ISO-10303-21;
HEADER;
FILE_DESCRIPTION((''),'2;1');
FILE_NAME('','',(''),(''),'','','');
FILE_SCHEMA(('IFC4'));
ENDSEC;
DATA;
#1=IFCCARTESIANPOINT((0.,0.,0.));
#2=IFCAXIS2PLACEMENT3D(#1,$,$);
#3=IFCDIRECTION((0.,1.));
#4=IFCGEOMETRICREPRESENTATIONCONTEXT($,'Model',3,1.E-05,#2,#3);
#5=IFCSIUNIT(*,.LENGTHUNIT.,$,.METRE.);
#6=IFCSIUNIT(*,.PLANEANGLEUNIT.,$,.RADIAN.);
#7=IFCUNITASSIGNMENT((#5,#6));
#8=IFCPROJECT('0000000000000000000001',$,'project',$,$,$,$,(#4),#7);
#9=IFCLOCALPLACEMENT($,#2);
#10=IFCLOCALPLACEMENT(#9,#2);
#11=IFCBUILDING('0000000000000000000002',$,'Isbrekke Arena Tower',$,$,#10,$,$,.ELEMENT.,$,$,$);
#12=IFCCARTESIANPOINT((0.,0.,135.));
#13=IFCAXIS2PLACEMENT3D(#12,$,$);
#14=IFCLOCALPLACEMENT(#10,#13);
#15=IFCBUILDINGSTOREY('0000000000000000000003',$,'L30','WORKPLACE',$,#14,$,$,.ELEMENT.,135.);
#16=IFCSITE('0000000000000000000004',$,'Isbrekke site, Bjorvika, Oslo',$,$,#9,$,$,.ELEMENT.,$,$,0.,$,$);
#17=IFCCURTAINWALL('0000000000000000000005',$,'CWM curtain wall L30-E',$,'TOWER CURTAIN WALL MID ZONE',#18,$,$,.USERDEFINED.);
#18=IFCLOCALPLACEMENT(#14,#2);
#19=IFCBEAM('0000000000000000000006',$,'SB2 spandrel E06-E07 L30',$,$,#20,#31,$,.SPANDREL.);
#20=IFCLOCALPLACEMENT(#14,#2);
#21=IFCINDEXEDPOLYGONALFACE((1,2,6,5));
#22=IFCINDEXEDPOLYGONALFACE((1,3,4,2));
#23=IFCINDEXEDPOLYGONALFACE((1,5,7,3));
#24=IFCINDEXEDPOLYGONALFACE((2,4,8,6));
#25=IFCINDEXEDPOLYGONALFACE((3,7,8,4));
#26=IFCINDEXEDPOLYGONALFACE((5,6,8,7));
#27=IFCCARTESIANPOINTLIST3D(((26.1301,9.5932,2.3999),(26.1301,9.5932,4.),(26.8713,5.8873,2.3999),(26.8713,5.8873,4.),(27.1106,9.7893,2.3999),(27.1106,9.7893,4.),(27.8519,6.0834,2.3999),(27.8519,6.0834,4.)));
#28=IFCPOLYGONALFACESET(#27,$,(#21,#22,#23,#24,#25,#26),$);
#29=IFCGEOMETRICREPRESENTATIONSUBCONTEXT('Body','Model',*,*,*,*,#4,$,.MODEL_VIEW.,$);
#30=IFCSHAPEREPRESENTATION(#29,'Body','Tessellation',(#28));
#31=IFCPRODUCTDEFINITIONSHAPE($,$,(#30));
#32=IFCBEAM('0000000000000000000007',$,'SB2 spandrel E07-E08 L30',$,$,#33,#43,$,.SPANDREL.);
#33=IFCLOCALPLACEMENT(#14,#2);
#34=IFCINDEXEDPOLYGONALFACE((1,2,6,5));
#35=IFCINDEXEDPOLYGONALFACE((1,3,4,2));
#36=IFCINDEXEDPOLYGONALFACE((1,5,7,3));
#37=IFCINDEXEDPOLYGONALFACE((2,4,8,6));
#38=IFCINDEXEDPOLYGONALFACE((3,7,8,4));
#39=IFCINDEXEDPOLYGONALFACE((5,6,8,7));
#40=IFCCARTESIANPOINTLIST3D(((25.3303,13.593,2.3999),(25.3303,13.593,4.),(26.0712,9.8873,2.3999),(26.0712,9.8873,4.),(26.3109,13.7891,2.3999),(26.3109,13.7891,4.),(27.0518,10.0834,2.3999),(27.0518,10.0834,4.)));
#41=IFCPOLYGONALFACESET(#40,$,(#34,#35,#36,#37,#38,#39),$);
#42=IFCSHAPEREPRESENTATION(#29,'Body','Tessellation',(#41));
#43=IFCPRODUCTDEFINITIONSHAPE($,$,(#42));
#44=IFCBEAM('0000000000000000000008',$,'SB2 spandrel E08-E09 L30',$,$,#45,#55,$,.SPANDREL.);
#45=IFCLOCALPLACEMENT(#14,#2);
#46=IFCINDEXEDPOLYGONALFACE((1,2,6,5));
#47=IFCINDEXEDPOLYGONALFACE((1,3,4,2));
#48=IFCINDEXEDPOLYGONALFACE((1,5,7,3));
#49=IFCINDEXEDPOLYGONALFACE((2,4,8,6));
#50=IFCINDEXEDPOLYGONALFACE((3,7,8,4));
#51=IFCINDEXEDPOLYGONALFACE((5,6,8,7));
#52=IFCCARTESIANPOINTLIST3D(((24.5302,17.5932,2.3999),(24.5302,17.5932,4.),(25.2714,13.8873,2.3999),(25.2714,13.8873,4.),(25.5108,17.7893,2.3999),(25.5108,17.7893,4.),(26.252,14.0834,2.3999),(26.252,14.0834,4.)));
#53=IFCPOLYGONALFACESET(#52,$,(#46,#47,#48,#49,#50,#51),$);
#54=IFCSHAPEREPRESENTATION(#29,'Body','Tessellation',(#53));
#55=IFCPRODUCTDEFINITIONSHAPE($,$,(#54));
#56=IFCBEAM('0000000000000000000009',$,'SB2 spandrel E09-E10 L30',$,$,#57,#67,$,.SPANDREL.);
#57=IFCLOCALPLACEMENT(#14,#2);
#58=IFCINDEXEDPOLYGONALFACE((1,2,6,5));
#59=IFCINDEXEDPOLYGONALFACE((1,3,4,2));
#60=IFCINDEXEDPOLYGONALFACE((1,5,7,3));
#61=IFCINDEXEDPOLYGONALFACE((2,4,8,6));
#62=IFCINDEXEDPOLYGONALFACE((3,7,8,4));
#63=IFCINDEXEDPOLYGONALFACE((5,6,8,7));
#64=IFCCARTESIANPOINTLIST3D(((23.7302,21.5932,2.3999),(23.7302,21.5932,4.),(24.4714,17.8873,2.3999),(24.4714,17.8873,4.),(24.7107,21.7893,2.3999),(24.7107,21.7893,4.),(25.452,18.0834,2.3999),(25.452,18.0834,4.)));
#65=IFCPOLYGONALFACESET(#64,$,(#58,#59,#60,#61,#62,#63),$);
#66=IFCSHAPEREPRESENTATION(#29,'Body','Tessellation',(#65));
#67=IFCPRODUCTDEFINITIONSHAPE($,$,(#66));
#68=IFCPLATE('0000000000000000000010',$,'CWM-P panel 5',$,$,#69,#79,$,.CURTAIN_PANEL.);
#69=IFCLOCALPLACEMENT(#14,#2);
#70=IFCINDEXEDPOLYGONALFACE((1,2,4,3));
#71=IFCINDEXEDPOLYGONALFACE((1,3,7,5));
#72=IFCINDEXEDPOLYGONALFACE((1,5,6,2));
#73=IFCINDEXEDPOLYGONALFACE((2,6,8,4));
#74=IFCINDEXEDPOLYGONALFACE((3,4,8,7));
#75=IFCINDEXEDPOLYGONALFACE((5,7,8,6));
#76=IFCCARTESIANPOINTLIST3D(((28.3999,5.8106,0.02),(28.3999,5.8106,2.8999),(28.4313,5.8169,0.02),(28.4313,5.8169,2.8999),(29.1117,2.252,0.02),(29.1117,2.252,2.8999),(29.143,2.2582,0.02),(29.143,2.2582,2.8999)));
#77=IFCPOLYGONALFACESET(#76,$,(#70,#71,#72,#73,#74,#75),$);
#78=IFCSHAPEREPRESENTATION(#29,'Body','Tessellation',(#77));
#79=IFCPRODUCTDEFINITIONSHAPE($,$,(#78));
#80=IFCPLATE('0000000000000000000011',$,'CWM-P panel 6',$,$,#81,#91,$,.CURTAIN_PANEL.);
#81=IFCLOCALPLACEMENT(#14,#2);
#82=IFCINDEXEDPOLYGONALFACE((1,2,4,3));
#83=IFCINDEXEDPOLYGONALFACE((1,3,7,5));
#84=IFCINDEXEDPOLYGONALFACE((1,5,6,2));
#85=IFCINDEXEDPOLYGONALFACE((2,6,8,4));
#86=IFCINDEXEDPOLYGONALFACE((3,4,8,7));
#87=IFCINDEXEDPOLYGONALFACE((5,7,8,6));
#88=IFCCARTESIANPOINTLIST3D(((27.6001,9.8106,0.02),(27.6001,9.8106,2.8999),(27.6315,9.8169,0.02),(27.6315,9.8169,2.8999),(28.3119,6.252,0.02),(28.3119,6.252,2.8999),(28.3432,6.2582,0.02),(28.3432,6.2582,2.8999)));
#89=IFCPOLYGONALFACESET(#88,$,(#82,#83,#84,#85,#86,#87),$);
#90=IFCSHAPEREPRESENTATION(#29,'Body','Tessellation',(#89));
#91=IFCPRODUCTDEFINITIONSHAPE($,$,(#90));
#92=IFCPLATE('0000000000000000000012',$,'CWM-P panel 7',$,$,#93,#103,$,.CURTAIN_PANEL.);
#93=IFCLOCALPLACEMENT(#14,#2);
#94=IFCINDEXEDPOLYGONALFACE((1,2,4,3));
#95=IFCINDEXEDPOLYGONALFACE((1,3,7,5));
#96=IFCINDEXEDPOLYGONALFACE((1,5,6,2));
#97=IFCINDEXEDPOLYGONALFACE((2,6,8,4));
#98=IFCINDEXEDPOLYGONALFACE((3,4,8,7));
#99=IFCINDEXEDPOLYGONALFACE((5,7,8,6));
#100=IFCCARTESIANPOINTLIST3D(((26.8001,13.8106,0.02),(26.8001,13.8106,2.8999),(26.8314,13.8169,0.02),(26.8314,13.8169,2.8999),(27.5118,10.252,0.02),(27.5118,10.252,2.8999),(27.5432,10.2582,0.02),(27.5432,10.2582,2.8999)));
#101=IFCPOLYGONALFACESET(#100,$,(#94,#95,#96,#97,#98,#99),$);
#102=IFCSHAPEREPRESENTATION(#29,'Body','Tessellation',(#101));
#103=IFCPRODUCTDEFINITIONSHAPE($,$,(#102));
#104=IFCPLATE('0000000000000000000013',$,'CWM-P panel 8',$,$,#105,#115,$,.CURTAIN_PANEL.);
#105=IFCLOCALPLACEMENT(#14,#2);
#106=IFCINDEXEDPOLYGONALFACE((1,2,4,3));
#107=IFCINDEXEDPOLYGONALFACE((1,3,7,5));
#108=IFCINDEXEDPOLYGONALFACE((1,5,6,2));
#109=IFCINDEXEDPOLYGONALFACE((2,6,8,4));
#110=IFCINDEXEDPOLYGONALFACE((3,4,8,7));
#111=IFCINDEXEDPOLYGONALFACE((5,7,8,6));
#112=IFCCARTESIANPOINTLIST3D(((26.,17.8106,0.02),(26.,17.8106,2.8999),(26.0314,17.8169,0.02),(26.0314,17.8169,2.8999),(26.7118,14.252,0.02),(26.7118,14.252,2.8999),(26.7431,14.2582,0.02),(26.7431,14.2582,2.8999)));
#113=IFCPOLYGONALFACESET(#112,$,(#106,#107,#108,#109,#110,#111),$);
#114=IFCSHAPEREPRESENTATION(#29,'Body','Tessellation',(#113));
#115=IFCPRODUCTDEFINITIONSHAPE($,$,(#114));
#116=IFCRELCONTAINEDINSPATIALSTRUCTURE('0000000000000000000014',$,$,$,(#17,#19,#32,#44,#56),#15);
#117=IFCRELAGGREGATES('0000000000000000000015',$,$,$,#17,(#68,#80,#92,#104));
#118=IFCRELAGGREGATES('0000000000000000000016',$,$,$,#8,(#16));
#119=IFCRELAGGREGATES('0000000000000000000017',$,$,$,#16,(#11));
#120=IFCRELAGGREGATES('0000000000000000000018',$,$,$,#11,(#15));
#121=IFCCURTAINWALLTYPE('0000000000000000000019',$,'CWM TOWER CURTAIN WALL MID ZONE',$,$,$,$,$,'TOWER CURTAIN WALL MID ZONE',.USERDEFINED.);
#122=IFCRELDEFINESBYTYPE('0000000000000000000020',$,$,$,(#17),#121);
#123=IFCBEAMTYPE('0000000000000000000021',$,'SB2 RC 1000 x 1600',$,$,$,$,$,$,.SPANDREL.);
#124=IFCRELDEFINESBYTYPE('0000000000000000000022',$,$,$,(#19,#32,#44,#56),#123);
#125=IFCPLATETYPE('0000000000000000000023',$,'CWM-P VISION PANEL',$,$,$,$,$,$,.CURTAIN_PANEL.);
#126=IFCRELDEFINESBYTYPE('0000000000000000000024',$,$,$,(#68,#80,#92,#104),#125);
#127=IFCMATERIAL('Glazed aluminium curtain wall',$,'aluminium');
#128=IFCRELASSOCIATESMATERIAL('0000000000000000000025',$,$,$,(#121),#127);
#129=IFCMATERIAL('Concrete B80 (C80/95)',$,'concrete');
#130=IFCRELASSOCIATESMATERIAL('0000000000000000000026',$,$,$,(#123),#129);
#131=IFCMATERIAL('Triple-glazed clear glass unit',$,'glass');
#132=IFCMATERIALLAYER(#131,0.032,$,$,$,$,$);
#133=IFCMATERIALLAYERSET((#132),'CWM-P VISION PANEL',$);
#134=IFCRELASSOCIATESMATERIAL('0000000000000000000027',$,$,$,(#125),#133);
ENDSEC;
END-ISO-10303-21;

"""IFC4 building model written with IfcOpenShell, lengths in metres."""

from ifc_helpers import new_model, si_unit, direction, frame, origin, origin_2d, place, context, subcontext, project, spatial, rectangle, extrude, material, layer, layer_set, material_profile, profile_set, type_object, element, aggregate, save


model = new_model("IFC4")

# Units and contexts
model_context = context("Model", 3, precision=1e-05, world=origin(), true_north=direction((0.0, 1.0)))
body_context = subcontext(model_context, "Body", "Model", "MODEL_VIEW")
ifc_project = project(units=[si_unit("LENGTHUNIT", "METRE"), si_unit("PLANEANGLEUNIT", "RADIAN")], contexts=[model_context])

# Site, building, storey
site_placement = place(None, origin())
site = spatial("IfcSite", under=ifc_project, at=site_placement, Name="Isbrekke site, Bjorvika, Oslo", CompositionType="ELEMENT", RefElevation=0.0)
building_placement = place(site_placement, origin())
building = spatial("IfcBuilding", under=site, at=building_placement, Name="Isbrekke Arena Tower", CompositionType="ELEMENT")
storey_placement = place(building_placement, frame((0.0, 0.0, 135.0)))
storey = spatial("IfcBuildingStorey", under=building, at=storey_placement, Name="L30", Description="WORKPLACE", CompositionType="ELEMENT", Elevation=135.0)

# Curtain wall
ifc_material_1 = material(Name="Glazed aluminium curtain wall", Category="aluminium")
curtain_wall_type = type_object("IfcCurtainWallType", Name="CWM TOWER CURTAIN WALL MID ZONE", ElementType="TOWER CURTAIN WALL MID ZONE", PredefinedType="USERDEFINED", material=ifc_material_1)
curtain_wall_placement = place(storey_placement, origin())
curtain_wall = element("IfcCurtainWall", 1, at=curtain_wall_placement, inside=storey, type_object=curtain_wall_type, Name="CWM curtain wall L30-E", ObjectType="TOWER CURTAIN WALL MID ZONE", PredefinedType="USERDEFINED")

# Beams
ifc_material_2 = material(Name="Concrete B80 (C80/95)", Category="concrete")
ifc_material_profile_1 = material_profile(ifc_material_2, rectangle(XDim=1.0, YDim=1.6001, at=origin_2d()), Name="RC 1000x1600")
ifc_profile_set_1 = profile_set([ifc_material_profile_1], Name="Concrete B80 (C80/95)")
beam_type_1 = type_object("IfcBeamType", Name="SB2 RC 1000 x 1600", PredefinedType="SPANDREL", material=ifc_profile_set_1)
for number, where, z_axis, x_axis, name in (
    (2, (27.3616, 5.9854, 3.2), (-0.196129, 0.980578, 0.0), (-0.980578, -0.196129, 0.0), "SB2 spandrel E06-E07 L30"),
):
    element("IfcBeam", number, at=place(storey_placement, frame(where, z_axis=z_axis, x_axis=x_axis)), inside=storey, type_object=beam_type_1, Name=name, PredefinedType="SPANDREL", context=body_context, shape_type="SweptSolid", body=[
        extrude(rectangle(XDim=1.0, YDim=1.6001, at=origin_2d()), origin(), (0.0, 0.0, 1.0), 3.7793),
    ])
beam_1_placement = place(storey_placement, frame((26.5615, 9.9854, 3.2), z_axis=(-0.196066, 0.980591, 0.0), x_axis=(-0.980591, -0.196066, 0.0)))
element("IfcBeam", 3, at=beam_1_placement, inside=storey, type_object=beam_type_1, Name="SB2 spandrel E07-E08 L30", PredefinedType="SPANDREL", context=body_context, shape_type="SweptSolid", body=[
    extrude(rectangle(XDim=1.0, YDim=1.6001, at=origin_2d()), origin(), (0.0, 0.0, 1.0), 3.7791),
])
for number, where, z_axis, x_axis, name in (
    (4, (25.7617, 13.9854, 3.2), (-0.196129, 0.980578, 0.0), (-0.980578, -0.196129, 0.0), "SB2 spandrel E08-E09 L30"),
    (5, (24.9617, 17.9854, 3.2), (-0.196129, 0.980578, 0.0), (-0.980578, -0.196129, 0.0), "SB2 spandrel E09-E10 L30"),
):
    element("IfcBeam", number, at=place(storey_placement, frame(where, z_axis=z_axis, x_axis=x_axis)), inside=storey, type_object=beam_type_1, Name=name, PredefinedType="SPANDREL", context=body_context, shape_type="SweptSolid", body=[
        extrude(rectangle(XDim=1.0, YDim=1.6001, at=origin_2d()), origin(), (0.0, 0.0, 1.0), 3.7793),
    ])

# Plates
ifc_material_3 = material(Name="Triple-glazed clear glass unit", Category="glass")
ifc_layer = layer(ifc_material_3, 0.032)
ifc_layer_set = layer_set([ifc_layer], Name="CWM-P VISION PANEL")
plate_type = type_object("IfcPlateType", Name="CWM-P VISION PANEL", PredefinedType="CURTAIN_PANEL", material=ifc_layer_set)
plate_1_placement = place(storey_placement, frame((28.7715, 4.0344, 0.02), z_axis=(0.0, 0.0, 1.0), x_axis=(-0.196116, 0.980581, 0.0)))
plate_1 = element("IfcPlate", 6, at=plate_1_placement, type_object=plate_type, Name="CWM-P panel 5", PredefinedType="CURTAIN_PANEL", context=body_context, shape_type="SweptSolid", body=[
    extrude(rectangle(XDim=3.6292, YDim=0.032, at=origin_2d()), origin(), (0.0, 0.0, 1.0), 2.8799),
])
plate_2_placement = place(storey_placement, frame((27.9717, 8.0344, 0.02), z_axis=(0.0, 0.0, 1.0), x_axis=(-0.196116, 0.980581, 0.0)))
plate_2 = element("IfcPlate", 7, at=plate_2_placement, type_object=plate_type, Name="CWM-P panel 6", PredefinedType="CURTAIN_PANEL", context=body_context, shape_type="SweptSolid", body=[
    extrude(rectangle(XDim=3.6292, YDim=0.032, at=origin_2d()), origin(), (0.0, 0.0, 1.0), 2.8799),
])
plate_3_placement = place(storey_placement, frame((27.1716, 12.0344, 0.02), z_axis=(0.0, 0.0, 1.0), x_axis=(-0.196116, 0.980581, 0.0)))
plate_3 = element("IfcPlate", 8, at=plate_3_placement, type_object=plate_type, Name="CWM-P panel 7", PredefinedType="CURTAIN_PANEL", context=body_context, shape_type="SweptSolid", body=[
    extrude(rectangle(XDim=3.6292, YDim=0.032, at=origin_2d()), origin(), (0.0, 0.0, 1.0), 2.8799),
])
plate_4_placement = place(storey_placement, frame((26.3716, 16.0344, 0.02), z_axis=(0.0, 0.0, 1.0), x_axis=(-0.196116, 0.980581, 0.0)))
plate_4 = element("IfcPlate", 9, at=plate_4_placement, type_object=plate_type, Name="CWM-P panel 8", PredefinedType="CURTAIN_PANEL", context=body_context, shape_type="SweptSolid", body=[
    extrude(rectangle(XDim=3.6292, YDim=0.032, at=origin_2d()), origin(), (0.0, 0.0, 1.0), 2.8799),
])
aggregate(curtain_wall, [plate_1, plate_2, plate_3, plate_4])

save(model, "model.ifc")
